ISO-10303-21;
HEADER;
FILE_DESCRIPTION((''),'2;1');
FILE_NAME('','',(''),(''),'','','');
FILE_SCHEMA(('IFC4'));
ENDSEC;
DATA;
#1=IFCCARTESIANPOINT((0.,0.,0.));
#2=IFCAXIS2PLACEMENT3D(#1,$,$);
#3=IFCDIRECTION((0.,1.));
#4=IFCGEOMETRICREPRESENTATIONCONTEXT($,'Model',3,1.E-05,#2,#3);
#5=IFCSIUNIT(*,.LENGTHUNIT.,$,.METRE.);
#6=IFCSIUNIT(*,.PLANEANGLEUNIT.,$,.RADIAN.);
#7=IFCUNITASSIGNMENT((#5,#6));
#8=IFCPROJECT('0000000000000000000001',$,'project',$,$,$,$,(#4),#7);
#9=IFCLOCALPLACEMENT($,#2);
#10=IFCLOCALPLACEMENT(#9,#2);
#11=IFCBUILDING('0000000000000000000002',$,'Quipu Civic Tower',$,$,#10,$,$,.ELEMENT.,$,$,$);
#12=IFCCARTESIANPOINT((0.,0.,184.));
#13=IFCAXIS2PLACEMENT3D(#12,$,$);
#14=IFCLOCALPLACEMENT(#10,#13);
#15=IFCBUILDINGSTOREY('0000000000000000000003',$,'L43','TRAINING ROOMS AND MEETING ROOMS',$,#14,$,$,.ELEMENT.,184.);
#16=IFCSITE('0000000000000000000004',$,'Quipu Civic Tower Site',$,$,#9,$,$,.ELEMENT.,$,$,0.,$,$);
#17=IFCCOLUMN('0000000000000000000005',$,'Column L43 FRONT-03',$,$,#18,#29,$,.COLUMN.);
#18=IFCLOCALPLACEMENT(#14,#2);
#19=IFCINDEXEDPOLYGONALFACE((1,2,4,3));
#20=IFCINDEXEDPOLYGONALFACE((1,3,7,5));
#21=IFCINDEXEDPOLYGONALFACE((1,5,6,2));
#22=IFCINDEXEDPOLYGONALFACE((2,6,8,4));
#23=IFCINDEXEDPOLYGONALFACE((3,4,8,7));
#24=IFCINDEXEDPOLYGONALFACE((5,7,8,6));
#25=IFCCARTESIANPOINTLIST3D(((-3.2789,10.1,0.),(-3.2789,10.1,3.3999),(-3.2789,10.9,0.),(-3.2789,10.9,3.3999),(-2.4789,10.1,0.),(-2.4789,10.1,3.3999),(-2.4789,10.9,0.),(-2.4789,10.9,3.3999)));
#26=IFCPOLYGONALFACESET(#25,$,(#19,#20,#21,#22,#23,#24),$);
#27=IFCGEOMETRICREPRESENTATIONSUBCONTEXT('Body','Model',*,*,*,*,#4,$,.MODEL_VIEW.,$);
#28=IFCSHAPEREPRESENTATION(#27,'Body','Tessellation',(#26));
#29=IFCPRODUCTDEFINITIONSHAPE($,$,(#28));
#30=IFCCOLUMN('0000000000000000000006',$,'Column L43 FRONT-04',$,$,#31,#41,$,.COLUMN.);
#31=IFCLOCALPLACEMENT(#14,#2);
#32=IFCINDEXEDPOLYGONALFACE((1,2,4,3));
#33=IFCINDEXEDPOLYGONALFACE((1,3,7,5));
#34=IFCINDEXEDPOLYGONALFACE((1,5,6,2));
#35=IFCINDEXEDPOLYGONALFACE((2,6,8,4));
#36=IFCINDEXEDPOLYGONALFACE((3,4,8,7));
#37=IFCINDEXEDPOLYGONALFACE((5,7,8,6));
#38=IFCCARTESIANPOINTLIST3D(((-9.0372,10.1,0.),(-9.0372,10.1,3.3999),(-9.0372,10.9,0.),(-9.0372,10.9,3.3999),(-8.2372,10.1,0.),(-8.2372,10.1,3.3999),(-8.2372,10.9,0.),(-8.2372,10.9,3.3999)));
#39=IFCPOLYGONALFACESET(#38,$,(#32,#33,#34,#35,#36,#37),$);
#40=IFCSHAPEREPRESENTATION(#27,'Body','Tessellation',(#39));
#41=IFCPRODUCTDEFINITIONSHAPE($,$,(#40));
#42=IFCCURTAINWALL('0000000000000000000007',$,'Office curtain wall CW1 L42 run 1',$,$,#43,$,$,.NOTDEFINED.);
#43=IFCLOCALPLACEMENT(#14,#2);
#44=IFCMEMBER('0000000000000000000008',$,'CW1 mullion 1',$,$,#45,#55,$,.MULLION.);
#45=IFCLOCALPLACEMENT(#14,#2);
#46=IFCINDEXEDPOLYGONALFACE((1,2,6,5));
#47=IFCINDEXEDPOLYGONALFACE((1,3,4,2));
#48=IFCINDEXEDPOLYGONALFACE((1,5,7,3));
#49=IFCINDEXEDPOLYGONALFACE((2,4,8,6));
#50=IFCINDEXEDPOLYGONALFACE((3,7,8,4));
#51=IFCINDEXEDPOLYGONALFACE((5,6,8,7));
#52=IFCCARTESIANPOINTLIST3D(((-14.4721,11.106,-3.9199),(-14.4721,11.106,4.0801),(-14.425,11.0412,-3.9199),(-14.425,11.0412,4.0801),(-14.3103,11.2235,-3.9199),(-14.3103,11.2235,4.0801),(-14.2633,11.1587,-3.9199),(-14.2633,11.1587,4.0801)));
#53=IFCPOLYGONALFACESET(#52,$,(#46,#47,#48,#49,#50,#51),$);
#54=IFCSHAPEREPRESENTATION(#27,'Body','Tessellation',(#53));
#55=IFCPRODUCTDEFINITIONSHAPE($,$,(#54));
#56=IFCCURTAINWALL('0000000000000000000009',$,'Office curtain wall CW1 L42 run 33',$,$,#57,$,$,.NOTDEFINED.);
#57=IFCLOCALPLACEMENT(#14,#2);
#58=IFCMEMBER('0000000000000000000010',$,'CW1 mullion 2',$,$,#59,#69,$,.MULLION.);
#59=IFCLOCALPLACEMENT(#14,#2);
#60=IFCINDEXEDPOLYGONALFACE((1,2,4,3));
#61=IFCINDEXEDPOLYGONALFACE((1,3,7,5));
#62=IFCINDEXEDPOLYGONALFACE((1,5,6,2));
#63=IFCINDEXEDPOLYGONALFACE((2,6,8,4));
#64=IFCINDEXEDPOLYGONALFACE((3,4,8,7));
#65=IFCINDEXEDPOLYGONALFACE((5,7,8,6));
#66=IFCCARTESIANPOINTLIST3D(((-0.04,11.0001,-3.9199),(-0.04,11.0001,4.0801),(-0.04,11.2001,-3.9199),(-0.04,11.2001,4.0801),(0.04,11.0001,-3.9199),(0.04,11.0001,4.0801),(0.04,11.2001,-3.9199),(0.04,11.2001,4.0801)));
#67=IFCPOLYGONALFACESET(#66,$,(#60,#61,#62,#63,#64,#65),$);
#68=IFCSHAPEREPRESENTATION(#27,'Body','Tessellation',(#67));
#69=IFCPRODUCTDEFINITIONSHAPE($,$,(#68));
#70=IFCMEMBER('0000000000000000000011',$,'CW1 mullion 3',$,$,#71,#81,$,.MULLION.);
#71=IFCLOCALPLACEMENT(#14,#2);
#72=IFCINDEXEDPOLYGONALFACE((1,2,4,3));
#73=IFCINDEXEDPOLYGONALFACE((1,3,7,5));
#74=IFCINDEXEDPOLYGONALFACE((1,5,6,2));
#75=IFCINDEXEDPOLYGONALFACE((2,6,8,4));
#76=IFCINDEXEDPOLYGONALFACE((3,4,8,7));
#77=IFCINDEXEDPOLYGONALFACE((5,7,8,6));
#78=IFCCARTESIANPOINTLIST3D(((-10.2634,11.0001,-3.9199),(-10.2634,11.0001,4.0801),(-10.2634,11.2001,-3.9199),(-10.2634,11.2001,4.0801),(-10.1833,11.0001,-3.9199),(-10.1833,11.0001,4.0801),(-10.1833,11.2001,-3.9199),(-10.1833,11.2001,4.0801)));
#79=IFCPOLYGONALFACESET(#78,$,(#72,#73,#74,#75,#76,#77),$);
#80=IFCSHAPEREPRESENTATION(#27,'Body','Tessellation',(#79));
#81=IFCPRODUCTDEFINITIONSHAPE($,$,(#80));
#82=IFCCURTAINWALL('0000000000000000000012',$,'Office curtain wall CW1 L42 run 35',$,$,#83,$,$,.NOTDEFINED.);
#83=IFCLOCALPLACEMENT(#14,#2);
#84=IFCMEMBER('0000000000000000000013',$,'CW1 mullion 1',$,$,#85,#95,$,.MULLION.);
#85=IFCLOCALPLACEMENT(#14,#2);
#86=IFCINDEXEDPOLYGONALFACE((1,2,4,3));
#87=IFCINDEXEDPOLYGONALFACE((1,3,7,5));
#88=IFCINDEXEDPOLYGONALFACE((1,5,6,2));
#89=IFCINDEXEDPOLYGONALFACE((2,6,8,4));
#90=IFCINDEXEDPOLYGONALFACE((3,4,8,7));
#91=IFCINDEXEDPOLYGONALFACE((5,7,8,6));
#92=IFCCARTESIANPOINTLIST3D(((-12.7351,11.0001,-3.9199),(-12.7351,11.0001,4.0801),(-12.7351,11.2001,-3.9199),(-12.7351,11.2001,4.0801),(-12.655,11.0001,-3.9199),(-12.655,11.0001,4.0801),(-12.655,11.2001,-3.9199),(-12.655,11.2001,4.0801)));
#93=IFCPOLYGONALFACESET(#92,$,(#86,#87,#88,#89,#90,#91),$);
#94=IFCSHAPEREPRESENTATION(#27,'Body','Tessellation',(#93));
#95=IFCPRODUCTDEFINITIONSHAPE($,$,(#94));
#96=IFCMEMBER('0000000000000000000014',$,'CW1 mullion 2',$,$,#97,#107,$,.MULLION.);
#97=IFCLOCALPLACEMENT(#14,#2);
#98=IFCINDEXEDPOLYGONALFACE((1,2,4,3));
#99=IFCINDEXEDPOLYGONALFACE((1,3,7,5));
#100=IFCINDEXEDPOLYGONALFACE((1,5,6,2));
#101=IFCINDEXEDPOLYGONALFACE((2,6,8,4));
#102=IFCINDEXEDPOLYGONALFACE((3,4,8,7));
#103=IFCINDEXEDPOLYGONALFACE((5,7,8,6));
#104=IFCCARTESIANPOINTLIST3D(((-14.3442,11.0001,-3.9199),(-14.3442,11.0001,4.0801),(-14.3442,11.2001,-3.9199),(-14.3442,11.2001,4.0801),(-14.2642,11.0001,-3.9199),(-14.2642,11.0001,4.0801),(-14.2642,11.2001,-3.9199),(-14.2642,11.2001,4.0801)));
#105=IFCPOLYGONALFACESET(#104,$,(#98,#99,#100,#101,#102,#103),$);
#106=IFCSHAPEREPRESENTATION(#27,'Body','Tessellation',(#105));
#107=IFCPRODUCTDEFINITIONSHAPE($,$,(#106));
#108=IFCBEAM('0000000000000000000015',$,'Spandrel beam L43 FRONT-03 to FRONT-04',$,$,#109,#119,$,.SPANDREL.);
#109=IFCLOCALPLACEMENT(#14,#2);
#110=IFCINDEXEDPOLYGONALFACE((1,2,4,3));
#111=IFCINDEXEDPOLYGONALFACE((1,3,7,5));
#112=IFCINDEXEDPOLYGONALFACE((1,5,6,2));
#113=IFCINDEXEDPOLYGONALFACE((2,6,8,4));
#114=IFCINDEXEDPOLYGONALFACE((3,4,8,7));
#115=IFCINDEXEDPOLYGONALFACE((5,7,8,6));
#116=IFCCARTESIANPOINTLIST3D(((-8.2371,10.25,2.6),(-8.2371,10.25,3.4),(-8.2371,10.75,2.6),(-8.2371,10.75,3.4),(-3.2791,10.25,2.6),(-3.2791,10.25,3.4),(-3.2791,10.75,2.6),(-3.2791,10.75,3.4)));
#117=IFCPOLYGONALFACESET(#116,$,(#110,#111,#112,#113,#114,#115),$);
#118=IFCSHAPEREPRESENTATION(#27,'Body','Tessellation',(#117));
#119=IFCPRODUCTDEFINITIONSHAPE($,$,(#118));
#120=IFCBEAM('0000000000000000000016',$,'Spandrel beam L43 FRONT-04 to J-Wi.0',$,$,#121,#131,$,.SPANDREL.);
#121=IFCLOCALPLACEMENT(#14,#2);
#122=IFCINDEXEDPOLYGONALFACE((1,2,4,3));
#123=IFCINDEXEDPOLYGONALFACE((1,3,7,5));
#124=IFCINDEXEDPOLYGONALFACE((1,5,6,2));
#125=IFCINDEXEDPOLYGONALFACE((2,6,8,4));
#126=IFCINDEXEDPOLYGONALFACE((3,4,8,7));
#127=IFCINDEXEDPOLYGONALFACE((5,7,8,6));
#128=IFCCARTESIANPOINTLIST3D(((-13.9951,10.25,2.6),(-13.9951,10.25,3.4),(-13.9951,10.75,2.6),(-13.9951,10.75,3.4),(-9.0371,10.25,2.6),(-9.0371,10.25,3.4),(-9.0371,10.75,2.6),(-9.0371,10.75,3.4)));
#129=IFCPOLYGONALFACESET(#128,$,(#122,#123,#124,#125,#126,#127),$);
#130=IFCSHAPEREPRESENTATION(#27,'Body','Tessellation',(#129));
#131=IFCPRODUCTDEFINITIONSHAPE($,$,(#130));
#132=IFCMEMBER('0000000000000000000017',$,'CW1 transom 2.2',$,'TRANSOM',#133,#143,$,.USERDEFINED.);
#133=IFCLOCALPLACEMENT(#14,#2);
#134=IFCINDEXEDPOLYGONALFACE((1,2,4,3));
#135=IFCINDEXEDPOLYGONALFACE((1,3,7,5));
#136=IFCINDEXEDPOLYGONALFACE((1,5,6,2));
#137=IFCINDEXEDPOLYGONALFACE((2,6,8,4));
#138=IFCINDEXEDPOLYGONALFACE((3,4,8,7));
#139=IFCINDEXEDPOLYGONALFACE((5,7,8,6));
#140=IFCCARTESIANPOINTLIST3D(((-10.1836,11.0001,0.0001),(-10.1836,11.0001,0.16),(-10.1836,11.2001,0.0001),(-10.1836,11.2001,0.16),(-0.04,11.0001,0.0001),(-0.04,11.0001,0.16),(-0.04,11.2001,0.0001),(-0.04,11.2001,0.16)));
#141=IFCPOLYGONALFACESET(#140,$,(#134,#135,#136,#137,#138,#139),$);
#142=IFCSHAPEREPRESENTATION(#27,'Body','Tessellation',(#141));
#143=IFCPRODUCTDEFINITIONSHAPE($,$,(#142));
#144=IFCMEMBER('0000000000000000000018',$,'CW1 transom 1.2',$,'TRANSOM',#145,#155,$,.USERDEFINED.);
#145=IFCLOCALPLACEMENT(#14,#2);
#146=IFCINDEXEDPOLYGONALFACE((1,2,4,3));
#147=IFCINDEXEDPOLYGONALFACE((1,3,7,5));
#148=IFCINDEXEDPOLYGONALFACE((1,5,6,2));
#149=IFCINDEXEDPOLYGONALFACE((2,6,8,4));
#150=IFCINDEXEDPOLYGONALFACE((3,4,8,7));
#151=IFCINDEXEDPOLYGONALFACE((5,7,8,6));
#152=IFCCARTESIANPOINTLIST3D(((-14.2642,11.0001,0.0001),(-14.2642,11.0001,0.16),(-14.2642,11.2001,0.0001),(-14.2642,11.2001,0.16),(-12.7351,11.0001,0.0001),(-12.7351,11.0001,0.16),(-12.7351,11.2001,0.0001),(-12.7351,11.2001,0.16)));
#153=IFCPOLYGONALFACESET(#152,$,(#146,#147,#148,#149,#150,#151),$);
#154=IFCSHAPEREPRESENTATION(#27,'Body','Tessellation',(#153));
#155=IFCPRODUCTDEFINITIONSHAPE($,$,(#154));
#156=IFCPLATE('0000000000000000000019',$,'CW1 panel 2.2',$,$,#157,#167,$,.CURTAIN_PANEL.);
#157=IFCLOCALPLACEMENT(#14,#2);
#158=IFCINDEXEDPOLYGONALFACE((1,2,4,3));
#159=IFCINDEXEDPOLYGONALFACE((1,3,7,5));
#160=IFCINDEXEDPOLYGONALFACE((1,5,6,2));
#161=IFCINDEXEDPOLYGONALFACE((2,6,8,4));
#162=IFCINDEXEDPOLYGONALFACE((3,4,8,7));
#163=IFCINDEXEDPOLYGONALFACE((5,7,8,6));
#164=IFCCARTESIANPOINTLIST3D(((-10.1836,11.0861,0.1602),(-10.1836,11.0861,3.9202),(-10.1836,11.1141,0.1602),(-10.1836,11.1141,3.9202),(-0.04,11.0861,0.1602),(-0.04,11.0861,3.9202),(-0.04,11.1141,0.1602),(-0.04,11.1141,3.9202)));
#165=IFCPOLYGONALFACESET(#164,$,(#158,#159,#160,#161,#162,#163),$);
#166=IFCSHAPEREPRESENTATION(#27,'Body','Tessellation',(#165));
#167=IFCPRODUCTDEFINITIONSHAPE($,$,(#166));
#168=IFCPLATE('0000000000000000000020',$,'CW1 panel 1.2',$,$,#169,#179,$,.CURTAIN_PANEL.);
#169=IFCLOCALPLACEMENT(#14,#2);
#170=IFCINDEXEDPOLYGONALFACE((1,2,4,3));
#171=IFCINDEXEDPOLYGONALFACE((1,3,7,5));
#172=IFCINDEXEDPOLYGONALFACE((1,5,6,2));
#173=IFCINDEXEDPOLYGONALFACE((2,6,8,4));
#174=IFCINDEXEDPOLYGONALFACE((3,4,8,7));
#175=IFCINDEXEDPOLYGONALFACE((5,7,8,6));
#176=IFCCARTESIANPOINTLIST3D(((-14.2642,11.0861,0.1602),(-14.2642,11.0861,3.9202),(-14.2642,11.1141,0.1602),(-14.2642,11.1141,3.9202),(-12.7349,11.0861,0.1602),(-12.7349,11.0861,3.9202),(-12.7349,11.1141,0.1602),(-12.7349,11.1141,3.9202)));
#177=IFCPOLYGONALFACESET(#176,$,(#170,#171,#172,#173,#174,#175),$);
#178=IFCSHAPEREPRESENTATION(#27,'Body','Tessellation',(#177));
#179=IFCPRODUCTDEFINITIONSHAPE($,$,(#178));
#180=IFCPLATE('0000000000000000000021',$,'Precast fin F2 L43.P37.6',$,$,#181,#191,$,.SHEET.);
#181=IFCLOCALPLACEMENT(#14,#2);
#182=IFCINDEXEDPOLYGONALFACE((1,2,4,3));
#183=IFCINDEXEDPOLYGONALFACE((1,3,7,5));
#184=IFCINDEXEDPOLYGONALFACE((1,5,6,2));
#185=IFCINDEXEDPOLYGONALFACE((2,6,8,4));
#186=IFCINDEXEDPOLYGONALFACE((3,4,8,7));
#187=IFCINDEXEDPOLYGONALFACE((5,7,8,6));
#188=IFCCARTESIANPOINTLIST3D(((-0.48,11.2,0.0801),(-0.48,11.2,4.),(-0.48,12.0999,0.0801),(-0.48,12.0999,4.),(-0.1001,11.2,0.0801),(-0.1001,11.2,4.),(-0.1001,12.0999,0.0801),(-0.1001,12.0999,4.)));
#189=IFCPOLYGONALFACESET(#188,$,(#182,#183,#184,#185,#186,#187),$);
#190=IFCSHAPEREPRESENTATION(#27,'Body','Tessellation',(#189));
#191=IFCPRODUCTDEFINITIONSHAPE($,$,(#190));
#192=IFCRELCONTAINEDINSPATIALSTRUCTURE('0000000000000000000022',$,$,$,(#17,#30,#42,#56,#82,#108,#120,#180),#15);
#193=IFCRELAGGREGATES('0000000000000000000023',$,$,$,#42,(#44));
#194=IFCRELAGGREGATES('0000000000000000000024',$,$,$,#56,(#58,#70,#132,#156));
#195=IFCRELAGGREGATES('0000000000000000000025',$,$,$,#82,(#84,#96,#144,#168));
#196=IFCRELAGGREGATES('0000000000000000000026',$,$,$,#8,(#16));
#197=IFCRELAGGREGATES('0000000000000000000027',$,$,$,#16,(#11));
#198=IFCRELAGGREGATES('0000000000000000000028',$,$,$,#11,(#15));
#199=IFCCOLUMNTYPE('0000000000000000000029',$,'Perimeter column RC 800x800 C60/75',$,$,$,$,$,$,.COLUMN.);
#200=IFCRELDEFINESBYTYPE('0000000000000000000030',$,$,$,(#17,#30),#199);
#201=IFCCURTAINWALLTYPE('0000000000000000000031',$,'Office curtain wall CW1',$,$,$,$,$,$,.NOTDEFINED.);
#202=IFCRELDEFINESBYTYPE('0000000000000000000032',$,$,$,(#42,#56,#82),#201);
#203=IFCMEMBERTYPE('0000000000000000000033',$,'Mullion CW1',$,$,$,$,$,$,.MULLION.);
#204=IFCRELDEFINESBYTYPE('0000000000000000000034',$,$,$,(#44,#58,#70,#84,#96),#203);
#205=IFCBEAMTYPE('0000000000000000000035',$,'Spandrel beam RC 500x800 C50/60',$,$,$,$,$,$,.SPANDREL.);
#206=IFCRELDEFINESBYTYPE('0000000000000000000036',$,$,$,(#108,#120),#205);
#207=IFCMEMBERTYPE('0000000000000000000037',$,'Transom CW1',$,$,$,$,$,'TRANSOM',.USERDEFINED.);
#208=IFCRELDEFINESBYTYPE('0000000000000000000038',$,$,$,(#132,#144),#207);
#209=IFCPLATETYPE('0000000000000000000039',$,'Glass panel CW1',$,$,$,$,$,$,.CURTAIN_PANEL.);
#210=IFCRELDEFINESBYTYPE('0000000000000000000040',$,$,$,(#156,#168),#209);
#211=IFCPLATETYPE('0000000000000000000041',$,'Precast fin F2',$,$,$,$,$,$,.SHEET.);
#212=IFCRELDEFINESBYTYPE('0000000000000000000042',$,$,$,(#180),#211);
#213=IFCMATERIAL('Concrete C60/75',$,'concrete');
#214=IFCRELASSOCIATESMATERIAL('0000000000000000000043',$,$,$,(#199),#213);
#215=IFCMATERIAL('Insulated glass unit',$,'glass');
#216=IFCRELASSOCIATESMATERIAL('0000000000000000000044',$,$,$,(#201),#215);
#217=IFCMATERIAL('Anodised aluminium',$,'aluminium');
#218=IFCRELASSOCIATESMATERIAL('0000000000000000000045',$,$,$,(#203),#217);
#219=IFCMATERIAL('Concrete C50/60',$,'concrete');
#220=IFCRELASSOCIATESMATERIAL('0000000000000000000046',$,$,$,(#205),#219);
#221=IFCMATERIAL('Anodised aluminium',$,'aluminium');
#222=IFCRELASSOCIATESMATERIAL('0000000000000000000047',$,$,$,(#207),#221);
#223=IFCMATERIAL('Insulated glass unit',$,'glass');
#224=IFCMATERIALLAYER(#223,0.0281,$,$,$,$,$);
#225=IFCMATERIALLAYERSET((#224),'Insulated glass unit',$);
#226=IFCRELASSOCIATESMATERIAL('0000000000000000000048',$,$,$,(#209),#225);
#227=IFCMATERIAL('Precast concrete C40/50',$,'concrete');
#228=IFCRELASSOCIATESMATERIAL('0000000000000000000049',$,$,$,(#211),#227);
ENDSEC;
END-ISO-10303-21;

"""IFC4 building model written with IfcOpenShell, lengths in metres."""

from ifc_helpers import new_model, si_unit, direction, frame, origin, origin_2d, place, context, subcontext, project, spatial, rectangle, extrude, material, layer, layer_set, material_profile, profile_set, type_object, element, aggregate, save


model = new_model("IFC4")

# Units and contexts
model_context = context("Model", 3, precision=1e-05, world=origin(), true_north=direction((0.0, 1.0)))
body_context = subcontext(model_context, "Body", "Model", "MODEL_VIEW")
ifc_project = project(units=[si_unit("LENGTHUNIT", "METRE"), si_unit("PLANEANGLEUNIT", "RADIAN")], contexts=[model_context])

# Site, building, storey
site_placement = place(None, origin())
site = spatial("IfcSite", under=ifc_project, at=site_placement, Name="Quipu Civic Tower Site", CompositionType="ELEMENT", RefElevation=0.0)
building_placement = place(site_placement, origin())
building = spatial("IfcBuilding", under=site, at=building_placement, Name="Quipu Civic Tower", CompositionType="ELEMENT")
storey_placement = place(building_placement, frame((0.0, 0.0, 184.0)))
storey = spatial("IfcBuildingStorey", under=building, at=storey_placement, Name="L43", Description="TRAINING ROOMS AND MEETING ROOMS", CompositionType="ELEMENT", Elevation=184.0)

# Columns
ifc_material_1 = material(Name="Concrete C60/75", Category="concrete")
ifc_material_profile_1 = material_profile(ifc_material_1, rectangle(XDim=0.8, YDim=0.8, at=origin_2d()), Name="RC800x800")
ifc_profile_set_1 = profile_set([ifc_material_profile_1], Name="Concrete C60/75")
column_type = type_object("IfcColumnType", Name="Perimeter column RC 800x800 C60/75", PredefinedType="COLUMN", material=ifc_profile_set_1)
for number, where, z_axis, x_axis, name in (
    (1, (-2.8789, 10.5, 0.0), (0.0, 0.0, 1.0), (-1.0, 0.0, 0.0), "Column L43 FRONT-03"),
    (2, (-8.6372, 10.5, 0.0), (0.0, 0.0, 1.0), (-1.0, 0.0, 0.0), "Column L43 FRONT-04"),
):
    element("IfcColumn", number, at=place(storey_placement, frame(where, z_axis=z_axis, x_axis=x_axis)), inside=storey, type_object=column_type, Name=name, PredefinedType="COLUMN", context=body_context, shape_type="SweptSolid", body=[
        extrude(rectangle(XDim=0.8, YDim=0.8, at=origin_2d()), origin(), (0.0, 0.0, 1.0), 3.3999),
    ])

# Curtain wall, member
ifc_material_2 = material(Name="Insulated glass unit", Category="glass")
curtain_wall_type = type_object("IfcCurtainWallType", Name="Office curtain wall CW1", PredefinedType="NOTDEFINED", material=ifc_material_2)
curtain_wall_1_placement = place(storey_placement, origin())
curtain_wall_1 = element("IfcCurtainWall", 3, at=curtain_wall_1_placement, inside=storey, type_object=curtain_wall_type, Name="Office curtain wall CW1 L42 run 1", PredefinedType="NOTDEFINED")
ifc_material_3 = material(Name="Anodised aluminium", Category="aluminium")
ifc_material_profile_2 = material_profile(ifc_material_3, rectangle(XDim=0.2, YDim=0.0801, at=origin_2d()), Name="RECT 200x80")
ifc_profile_set_2 = profile_set([ifc_material_profile_2], Name="Anodised aluminium")
member_type_1 = type_object("IfcMemberType", Name="Mullion CW1", PredefinedType="MULLION", material=ifc_profile_set_2)
member_1_placement = place(storey_placement, frame((-14.3677, 11.1323, -3.9199), z_axis=(0.0, 0.0, 1.0), x_axis=(-0.809014, -0.587789, 0.0)))
member_1 = element("IfcMember", 4, at=member_1_placement, type_object=member_type_1, Name="CW1 mullion 1", PredefinedType="MULLION", context=body_context, shape_type="SweptSolid", body=[
    extrude(rectangle(XDim=0.2, YDim=0.0801, at=origin_2d()), origin(), (0.0, 0.0, 1.0), 8.0),
])
aggregate(curtain_wall_1, [member_1])

# Curtain walls, members
curtain_wall_2_placement = place(storey_placement, origin())
curtain_wall_2 = element("IfcCurtainWall", 5, at=curtain_wall_2_placement, inside=storey, type_object=curtain_wall_type, Name="Office curtain wall CW1 L42 run 33", PredefinedType="NOTDEFINED")
member_2_placement = place(storey_placement, frame((0.0, 11.1001, -3.9199), z_axis=(0.0, 0.0, 1.0), x_axis=(0.0, -1.0, 0.0)))
member_2 = element("IfcMember", 6, at=member_2_placement, type_object=member_type_1, Name="CW1 mullion 2", PredefinedType="MULLION", context=body_context, shape_type="SweptSolid", body=[
    extrude(rectangle(XDim=0.2, YDim=0.0801, at=origin_2d()), origin(), (0.0, 0.0, 1.0), 8.0),
])
member_3_placement = place(storey_placement, frame((-10.2234, 11.1001, -3.9199), z_axis=(0.0, 0.0, 1.0), x_axis=(0.0, -1.0, 0.0)))
member_3 = element("IfcMember", 7, at=member_3_placement, type_object=member_type_1, Name="CW1 mullion 3", PredefinedType="MULLION", context=body_context, shape_type="SweptSolid", body=[
    extrude(rectangle(XDim=0.2, YDim=0.0801, at=origin_2d()), origin(), (0.0, 0.0, 1.0), 8.0),
])
curtain_wall_3_placement = place(storey_placement, origin())
curtain_wall_3 = element("IfcCurtainWall", 8, at=curtain_wall_3_placement, inside=storey, type_object=curtain_wall_type, Name="Office curtain wall CW1 L42 run 35", PredefinedType="NOTDEFINED")
member_4_placement = place(storey_placement, frame((-12.6951, 11.1001, -3.9199), z_axis=(0.0, 0.0, 1.0), x_axis=(0.0, -1.0, 0.0)))
member_4 = element("IfcMember", 9, at=member_4_placement, type_object=member_type_1, Name="CW1 mullion 1", PredefinedType="MULLION", context=body_context, shape_type="SweptSolid", body=[
    extrude(rectangle(XDim=0.2, YDim=0.0801, at=origin_2d()), origin(), (0.0, 0.0, 1.0), 8.0),
])
member_5_placement = place(storey_placement, frame((-14.3042, 11.1001, -3.9199), z_axis=(0.0, 0.0, 1.0), x_axis=(0.0, -1.0, 0.0)))
member_5 = element("IfcMember", 10, at=member_5_placement, type_object=member_type_1, Name="CW1 mullion 2", PredefinedType="MULLION", context=body_context, shape_type="SweptSolid", body=[
    extrude(rectangle(XDim=0.2, YDim=0.0801, at=origin_2d()), origin(), (0.0, 0.0, 1.0), 8.0),
])

# Beams
ifc_material_4 = material(Name="Concrete C50/60", Category="concrete")
ifc_material_profile_3 = material_profile(ifc_material_4, rectangle(XDim=0.5, YDim=0.8, at=origin_2d()), Name="RC500x800")
ifc_profile_set_3 = profile_set([ifc_material_profile_3], Name="Concrete C50/60")
beam_type = type_object("IfcBeamType", Name="Spandrel beam RC 500x800 C50/60", PredefinedType="SPANDREL", material=ifc_profile_set_3)
for number, where, z_axis, x_axis, name in (
    (11, (-3.2791, 10.5, 3.0), (-1.0, 0.0, 0.0), (0.0, -1.0, 0.0), "Spandrel beam L43 FRONT-03 to FRONT-04"),
    (12, (-9.0371, 10.5, 3.0), (-1.0, 0.0, 0.0), (0.0, -1.0, 0.0), "Spandrel beam L43 FRONT-04 to J-Wi.0"),
):
    element("IfcBeam", number, at=place(storey_placement, frame(where, z_axis=z_axis, x_axis=x_axis)), inside=storey, type_object=beam_type, Name=name, PredefinedType="SPANDREL", context=body_context, shape_type="SweptSolid", body=[
        extrude(rectangle(XDim=0.5, YDim=0.8, at=origin_2d()), origin(), (0.0, 0.0, 1.0), 4.958),
    ])

# Members
ifc_material_5 = material(Name="Anodised aluminium", Category="aluminium")
ifc_material_profile_4 = material_profile(ifc_material_5, rectangle(XDim=0.2, YDim=0.1599, at=origin_2d()), Name="RECT 200x160")
ifc_profile_set_4 = profile_set([ifc_material_profile_4], Name="Anodised aluminium")
member_type_2 = type_object("IfcMemberType", Name="Transom CW1", ElementType="TRANSOM", PredefinedType="USERDEFINED", material=ifc_profile_set_4)
member_6_placement = place(storey_placement, frame((-0.04, 11.1001, 0.0801), z_axis=(-1.0, 0.0, 0.0), x_axis=(0.0, -1.0, 0.0)))
member_6 = element("IfcMember", 13, at=member_6_placement, type_object=member_type_2, Name="CW1 transom 2.2", ObjectType="TRANSOM", PredefinedType="USERDEFINED", context=body_context, shape_type="SweptSolid", body=[
    extrude(rectangle(XDim=0.2, YDim=0.1599, at=origin_2d()), origin(), (0.0, 0.0, 1.0), 10.1436),
])
member_7_placement = place(storey_placement, frame((-12.7351, 11.1001, 0.0801), z_axis=(-1.0, 0.0, 0.0), x_axis=(0.0, -1.0, 0.0)))
member_7 = element("IfcMember", 14, at=member_7_placement, type_object=member_type_2, Name="CW1 transom 1.2", ObjectType="TRANSOM", PredefinedType="USERDEFINED", context=body_context, shape_type="SweptSolid", body=[
    extrude(rectangle(XDim=0.2, YDim=0.1599, at=origin_2d()), origin(), (0.0, 0.0, 1.0), 1.5291),
])

# Plates
ifc_material_6 = material(Name="Insulated glass unit", Category="glass")
ifc_layer_1 = layer(ifc_material_6, 0.0281)
ifc_layer_set_1 = layer_set([ifc_layer_1], Name="Insulated glass unit")
plate_type_1 = type_object("IfcPlateType", Name="Glass panel CW1", PredefinedType="CURTAIN_PANEL", material=ifc_layer_set_1)
plate_1_placement = place(storey_placement, frame((-5.1118, 11.1001, 0.1602), z_axis=(0.0, 0.0, 1.0), x_axis=(-1.0, 0.0, 0.0)))
plate_1 = element("IfcPlate", 15, at=plate_1_placement, type_object=plate_type_1, Name="CW1 panel 2.2", PredefinedType="CURTAIN_PANEL", context=body_context, shape_type="SweptSolid", body=[
    extrude(rectangle(XDim=10.1436, YDim=0.0281, at=origin_2d()), origin(), (0.0, 0.0, 1.0), 3.76),
])
aggregate(curtain_wall_2, [member_2, member_3, member_6, plate_1])
plate_2_placement = place(storey_placement, frame((-13.4995, 11.1001, 0.1602), z_axis=(0.0, 0.0, 1.0), x_axis=(-1.0, 0.0, 0.0)))
plate_2 = element("IfcPlate", 16, at=plate_2_placement, type_object=plate_type_1, Name="CW1 panel 1.2", PredefinedType="CURTAIN_PANEL", context=body_context, shape_type="SweptSolid", body=[
    extrude(rectangle(XDim=1.5293, YDim=0.0281, at=origin_2d()), origin(), (0.0, 0.0, 1.0), 3.76),
])
aggregate(curtain_wall_3, [member_4, member_5, member_7, plate_2])

# Plate
ifc_material_7 = material(Name="Precast concrete C40/50", Category="concrete")
plate_type_2 = type_object("IfcPlateType", Name="Precast fin F2", PredefinedType="SHEET", material=ifc_material_7)
for number, where, z_axis, x_axis, name in (
    (17, (-0.29, 11.6499, 0.0801), (0.0, 0.0, 1.0), (-1.0, 0.0, 0.0), "Precast fin F2 L43.P37.6"),
):
    element("IfcPlate", number, at=place(storey_placement, frame(where, z_axis=z_axis, x_axis=x_axis)), inside=storey, type_object=plate_type_2, Name=name, PredefinedType="SHEET", context=body_context, shape_type="SweptSolid", body=[
        extrude(rectangle(XDim=0.3799, YDim=0.8999, at=origin_2d()), origin(), (0.0, 0.0, 1.0), 3.9199),
    ])

save(model, "model.ifc")
